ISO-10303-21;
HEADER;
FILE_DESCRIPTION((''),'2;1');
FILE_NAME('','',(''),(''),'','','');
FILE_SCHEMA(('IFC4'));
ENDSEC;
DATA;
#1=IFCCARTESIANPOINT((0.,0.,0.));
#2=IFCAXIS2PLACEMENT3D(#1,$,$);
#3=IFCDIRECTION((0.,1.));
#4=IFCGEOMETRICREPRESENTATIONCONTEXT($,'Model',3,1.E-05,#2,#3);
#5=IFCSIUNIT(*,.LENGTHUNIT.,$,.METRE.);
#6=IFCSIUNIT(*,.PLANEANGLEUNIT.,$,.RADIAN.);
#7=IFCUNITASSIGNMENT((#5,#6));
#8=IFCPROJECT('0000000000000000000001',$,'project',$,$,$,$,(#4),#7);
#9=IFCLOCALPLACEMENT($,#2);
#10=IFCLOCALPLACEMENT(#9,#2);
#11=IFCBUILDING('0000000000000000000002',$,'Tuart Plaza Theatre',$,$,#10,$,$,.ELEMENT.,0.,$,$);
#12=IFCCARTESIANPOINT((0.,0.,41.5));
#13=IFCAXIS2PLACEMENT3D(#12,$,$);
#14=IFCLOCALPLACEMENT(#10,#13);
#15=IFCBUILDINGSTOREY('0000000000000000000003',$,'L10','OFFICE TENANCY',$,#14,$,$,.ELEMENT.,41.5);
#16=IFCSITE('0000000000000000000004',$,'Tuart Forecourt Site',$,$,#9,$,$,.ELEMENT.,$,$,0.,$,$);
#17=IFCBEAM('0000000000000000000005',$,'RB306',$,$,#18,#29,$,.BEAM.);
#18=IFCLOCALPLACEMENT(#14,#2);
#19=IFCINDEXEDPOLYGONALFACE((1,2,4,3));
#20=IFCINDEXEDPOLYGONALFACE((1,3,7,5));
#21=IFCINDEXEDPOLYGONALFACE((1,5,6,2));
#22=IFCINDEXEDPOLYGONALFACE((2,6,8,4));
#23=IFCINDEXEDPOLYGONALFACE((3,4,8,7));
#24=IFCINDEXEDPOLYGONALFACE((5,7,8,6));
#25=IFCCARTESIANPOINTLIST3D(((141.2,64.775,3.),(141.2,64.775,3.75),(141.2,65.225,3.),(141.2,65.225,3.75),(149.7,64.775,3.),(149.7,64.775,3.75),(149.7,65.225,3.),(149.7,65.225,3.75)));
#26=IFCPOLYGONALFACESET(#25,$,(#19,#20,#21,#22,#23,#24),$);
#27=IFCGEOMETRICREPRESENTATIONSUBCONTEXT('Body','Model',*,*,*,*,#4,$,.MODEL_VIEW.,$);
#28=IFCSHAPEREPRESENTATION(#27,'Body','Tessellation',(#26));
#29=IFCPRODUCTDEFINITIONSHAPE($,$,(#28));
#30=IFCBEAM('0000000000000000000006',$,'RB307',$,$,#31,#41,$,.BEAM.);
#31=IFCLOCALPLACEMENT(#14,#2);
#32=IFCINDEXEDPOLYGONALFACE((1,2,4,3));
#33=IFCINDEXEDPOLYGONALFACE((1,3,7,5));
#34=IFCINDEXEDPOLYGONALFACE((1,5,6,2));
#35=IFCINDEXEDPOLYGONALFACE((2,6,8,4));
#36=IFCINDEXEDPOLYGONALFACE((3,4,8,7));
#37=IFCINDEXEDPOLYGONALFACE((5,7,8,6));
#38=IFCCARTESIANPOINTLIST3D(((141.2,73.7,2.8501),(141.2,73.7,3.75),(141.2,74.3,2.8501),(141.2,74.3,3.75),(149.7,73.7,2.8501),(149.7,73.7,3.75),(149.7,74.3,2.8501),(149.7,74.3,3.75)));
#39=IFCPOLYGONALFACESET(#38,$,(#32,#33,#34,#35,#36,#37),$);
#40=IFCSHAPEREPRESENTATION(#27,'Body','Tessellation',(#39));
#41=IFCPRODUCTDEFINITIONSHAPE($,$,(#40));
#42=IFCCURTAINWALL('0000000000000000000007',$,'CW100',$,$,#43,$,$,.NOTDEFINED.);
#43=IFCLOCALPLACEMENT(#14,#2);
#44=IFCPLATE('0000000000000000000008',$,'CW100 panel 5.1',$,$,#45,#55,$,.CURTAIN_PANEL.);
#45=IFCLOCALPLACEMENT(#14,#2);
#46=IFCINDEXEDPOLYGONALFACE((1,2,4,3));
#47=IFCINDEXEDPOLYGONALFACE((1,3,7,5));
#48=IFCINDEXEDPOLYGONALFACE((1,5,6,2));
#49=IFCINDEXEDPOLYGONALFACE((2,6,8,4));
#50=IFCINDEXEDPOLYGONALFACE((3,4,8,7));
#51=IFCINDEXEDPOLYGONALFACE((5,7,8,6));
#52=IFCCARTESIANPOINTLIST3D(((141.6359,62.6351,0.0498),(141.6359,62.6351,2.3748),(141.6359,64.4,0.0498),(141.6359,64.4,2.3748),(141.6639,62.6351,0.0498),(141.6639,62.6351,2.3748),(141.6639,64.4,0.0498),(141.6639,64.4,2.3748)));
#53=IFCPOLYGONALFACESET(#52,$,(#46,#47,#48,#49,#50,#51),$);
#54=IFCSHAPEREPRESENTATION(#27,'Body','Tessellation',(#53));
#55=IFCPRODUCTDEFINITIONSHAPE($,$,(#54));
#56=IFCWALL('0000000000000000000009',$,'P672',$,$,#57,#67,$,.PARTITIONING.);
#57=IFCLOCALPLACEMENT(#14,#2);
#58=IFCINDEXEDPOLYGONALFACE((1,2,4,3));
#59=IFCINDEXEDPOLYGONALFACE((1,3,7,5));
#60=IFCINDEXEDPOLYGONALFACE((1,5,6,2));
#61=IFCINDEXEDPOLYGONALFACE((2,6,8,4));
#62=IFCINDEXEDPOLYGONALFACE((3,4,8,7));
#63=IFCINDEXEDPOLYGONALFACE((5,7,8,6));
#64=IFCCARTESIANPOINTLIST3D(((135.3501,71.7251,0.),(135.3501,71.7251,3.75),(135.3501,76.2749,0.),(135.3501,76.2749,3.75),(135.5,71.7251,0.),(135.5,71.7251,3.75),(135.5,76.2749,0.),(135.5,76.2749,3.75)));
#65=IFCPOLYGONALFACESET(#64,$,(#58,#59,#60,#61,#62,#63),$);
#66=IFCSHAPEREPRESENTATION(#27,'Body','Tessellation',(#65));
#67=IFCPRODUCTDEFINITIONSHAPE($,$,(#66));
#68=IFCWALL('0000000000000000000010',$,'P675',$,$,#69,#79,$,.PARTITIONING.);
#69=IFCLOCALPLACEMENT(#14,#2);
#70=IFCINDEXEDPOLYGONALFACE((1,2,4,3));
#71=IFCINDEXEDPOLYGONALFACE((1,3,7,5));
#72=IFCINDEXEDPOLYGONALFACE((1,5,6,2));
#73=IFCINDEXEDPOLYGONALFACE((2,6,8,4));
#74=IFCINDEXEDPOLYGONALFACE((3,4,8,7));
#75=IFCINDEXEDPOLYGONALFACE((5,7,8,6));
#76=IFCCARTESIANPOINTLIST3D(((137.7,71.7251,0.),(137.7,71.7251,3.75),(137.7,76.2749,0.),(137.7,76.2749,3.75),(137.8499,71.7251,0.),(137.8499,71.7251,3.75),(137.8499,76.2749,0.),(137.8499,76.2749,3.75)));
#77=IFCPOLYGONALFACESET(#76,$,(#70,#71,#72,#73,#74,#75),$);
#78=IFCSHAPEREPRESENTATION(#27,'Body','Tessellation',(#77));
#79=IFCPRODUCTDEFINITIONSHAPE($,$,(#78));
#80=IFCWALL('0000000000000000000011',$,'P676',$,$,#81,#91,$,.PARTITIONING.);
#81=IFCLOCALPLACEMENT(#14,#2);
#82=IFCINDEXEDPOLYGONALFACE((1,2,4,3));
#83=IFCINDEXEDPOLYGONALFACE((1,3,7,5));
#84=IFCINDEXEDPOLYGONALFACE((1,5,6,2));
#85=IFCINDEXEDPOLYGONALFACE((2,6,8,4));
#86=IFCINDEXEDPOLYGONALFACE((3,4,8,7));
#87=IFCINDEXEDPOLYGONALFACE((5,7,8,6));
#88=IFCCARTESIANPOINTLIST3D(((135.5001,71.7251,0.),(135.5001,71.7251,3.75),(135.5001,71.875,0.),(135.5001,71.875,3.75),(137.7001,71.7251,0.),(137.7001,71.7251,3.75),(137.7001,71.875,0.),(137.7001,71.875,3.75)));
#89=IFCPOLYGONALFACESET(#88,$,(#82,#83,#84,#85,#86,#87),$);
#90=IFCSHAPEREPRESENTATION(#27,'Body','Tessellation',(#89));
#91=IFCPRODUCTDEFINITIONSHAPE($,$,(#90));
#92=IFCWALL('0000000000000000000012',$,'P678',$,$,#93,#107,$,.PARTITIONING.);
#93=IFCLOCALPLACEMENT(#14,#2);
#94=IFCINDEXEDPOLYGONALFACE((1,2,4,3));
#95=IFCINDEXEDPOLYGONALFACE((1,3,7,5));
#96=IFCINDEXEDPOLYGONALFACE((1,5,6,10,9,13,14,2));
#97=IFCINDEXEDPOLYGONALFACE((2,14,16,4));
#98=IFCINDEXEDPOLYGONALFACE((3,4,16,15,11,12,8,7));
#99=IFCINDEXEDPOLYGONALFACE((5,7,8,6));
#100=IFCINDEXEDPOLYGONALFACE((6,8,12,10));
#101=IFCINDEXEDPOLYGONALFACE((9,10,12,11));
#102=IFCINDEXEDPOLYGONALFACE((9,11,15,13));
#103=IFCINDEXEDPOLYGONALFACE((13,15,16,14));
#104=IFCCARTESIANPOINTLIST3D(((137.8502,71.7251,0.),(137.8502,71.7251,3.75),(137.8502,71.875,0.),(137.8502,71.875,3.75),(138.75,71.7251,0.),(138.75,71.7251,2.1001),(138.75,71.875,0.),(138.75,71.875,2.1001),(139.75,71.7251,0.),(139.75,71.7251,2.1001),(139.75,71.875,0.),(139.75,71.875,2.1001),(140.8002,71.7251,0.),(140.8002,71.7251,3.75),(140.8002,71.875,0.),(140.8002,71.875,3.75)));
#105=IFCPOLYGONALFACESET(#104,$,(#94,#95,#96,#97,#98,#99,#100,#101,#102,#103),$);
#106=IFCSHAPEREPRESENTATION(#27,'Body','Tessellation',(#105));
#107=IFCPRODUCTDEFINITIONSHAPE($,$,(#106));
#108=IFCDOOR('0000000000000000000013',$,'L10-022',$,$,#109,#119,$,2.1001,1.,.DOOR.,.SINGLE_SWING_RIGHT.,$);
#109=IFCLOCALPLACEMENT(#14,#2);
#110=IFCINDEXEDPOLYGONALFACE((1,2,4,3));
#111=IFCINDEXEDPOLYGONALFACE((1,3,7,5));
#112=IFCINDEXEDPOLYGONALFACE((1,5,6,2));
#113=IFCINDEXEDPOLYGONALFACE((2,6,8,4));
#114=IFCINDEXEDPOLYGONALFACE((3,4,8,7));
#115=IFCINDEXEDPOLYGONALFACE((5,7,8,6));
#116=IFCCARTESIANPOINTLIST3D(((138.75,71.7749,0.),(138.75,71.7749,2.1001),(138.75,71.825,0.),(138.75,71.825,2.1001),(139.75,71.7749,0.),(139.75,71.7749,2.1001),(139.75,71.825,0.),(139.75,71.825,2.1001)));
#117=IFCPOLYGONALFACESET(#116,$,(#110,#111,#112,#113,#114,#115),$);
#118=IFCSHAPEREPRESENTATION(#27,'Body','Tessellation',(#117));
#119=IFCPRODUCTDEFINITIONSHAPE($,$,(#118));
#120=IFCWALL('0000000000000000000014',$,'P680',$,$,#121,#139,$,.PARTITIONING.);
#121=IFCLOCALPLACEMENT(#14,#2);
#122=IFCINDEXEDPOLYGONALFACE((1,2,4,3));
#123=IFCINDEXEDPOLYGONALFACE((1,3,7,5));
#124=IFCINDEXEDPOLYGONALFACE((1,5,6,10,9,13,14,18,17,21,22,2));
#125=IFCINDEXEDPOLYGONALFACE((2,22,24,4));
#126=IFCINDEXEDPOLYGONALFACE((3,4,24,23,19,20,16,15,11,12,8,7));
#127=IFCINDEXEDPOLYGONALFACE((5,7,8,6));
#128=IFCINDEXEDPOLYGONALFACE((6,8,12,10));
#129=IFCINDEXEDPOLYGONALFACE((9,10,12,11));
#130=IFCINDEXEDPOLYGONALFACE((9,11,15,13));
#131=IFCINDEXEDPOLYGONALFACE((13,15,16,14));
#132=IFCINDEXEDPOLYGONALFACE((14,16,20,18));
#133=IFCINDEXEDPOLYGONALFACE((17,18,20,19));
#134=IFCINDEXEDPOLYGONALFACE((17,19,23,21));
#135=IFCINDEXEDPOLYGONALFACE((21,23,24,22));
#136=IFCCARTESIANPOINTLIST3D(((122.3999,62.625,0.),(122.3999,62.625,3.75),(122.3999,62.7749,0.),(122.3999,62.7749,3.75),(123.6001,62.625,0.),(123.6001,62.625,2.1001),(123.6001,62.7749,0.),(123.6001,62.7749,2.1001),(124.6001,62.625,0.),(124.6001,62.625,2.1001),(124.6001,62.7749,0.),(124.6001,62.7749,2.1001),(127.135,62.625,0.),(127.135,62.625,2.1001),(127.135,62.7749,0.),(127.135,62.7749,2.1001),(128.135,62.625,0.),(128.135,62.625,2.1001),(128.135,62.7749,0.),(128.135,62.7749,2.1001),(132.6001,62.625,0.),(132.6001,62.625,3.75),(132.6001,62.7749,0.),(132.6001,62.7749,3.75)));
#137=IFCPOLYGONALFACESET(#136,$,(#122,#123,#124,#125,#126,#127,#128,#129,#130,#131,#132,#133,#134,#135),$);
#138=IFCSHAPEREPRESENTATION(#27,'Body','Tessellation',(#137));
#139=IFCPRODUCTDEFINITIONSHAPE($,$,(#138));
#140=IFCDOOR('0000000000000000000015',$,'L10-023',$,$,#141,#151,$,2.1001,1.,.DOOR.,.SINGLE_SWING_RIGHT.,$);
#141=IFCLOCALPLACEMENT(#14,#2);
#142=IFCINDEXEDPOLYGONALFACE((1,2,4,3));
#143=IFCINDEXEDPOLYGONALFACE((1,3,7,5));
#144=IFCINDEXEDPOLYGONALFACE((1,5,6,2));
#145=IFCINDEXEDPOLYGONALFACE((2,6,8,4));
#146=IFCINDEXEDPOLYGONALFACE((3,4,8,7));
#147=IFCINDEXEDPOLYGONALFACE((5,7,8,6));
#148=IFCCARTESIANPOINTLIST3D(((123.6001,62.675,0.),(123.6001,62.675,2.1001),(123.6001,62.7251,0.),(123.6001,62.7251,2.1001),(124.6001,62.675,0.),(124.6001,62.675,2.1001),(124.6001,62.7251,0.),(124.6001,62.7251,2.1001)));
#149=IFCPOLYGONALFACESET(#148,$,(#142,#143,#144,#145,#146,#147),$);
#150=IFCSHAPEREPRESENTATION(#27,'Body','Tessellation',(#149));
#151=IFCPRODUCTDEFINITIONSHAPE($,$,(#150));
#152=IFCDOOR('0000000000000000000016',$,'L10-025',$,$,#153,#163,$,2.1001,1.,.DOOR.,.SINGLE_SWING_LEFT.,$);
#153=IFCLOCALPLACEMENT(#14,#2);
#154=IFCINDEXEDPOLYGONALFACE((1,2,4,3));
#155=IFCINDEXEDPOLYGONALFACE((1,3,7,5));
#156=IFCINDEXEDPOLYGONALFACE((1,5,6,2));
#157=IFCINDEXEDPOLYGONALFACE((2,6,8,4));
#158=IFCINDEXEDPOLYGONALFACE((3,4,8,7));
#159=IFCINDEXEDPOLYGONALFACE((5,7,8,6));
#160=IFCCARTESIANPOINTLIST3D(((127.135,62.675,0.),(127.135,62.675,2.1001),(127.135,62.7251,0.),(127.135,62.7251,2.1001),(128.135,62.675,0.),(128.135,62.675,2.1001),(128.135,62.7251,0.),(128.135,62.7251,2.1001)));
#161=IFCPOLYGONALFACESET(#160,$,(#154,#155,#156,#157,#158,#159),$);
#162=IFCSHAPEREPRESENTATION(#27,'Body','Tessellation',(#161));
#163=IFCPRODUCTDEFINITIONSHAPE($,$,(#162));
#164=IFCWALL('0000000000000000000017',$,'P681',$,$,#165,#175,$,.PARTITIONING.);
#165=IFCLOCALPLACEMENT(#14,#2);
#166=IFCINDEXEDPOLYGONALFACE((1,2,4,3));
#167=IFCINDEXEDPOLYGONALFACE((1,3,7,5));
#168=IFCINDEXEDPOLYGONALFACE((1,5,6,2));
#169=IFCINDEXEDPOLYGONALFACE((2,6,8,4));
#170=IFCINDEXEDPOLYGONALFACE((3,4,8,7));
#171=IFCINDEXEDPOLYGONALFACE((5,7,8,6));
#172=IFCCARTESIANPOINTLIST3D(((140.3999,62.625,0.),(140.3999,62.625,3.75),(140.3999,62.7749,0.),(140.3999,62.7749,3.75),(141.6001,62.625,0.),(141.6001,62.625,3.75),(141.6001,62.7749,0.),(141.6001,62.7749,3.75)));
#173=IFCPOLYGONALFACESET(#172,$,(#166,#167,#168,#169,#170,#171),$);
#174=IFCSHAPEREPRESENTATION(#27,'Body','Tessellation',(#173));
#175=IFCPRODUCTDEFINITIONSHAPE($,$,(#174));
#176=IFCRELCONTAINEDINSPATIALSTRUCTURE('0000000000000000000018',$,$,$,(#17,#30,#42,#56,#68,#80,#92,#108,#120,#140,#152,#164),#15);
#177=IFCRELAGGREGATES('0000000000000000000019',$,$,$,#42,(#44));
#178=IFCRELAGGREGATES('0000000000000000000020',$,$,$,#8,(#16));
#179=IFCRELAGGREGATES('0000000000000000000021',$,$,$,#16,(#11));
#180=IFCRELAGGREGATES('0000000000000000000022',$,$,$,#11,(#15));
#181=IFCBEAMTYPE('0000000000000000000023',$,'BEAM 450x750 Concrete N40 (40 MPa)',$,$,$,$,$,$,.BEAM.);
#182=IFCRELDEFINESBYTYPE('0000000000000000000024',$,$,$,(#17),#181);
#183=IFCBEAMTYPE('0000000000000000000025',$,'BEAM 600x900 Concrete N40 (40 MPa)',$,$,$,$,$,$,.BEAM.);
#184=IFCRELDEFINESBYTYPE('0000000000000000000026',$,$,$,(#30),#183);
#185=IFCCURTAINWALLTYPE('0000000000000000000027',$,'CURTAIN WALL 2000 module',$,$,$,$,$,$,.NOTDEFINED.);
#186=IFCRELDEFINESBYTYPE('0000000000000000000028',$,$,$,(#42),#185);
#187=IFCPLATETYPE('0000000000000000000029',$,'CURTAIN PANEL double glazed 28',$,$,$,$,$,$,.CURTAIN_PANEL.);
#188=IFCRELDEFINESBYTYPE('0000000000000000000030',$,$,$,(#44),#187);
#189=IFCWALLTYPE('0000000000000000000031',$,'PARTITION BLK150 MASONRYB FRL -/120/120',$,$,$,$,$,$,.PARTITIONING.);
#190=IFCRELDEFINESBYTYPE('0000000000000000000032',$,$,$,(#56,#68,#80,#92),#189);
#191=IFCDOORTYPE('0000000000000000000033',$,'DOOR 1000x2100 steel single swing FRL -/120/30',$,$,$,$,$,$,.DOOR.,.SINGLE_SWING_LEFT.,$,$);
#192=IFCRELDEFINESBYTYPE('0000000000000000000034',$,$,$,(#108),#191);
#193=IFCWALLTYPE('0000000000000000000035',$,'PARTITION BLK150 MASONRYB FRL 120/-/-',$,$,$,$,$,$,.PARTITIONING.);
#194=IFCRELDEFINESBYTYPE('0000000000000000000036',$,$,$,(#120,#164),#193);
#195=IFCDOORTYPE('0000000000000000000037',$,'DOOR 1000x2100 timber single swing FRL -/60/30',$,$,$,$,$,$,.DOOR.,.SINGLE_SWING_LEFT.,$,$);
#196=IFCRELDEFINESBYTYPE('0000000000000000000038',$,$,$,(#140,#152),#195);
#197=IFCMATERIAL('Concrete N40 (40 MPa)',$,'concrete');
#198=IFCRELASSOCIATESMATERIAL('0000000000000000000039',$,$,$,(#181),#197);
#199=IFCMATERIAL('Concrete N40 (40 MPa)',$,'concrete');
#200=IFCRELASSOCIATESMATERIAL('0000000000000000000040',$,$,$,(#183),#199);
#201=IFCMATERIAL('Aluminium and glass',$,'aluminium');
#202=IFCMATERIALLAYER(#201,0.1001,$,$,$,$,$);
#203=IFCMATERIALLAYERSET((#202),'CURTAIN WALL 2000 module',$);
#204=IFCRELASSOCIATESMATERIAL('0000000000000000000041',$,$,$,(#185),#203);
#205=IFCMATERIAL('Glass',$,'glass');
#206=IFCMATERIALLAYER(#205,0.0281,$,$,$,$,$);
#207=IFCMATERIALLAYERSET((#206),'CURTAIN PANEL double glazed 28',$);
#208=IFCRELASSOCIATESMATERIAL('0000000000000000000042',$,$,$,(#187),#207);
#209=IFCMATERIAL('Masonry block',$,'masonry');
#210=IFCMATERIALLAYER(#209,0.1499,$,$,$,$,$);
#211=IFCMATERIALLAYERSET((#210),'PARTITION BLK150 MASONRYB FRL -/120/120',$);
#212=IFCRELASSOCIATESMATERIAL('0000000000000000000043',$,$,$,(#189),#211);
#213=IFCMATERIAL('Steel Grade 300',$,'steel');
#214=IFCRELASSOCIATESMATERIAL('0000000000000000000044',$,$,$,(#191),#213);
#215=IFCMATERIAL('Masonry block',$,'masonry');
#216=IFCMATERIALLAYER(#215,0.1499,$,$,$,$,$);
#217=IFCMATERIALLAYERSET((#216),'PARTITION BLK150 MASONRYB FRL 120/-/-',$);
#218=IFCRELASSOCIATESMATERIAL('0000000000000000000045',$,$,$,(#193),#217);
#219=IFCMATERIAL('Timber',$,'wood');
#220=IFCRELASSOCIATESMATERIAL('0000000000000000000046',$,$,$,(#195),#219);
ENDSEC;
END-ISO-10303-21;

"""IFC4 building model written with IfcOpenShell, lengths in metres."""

from ifc_helpers import new_model, si_unit, direction, frame, frame_2d, origin, origin_2d, place, context, subcontext, project, spatial, rectangle, extrude, material, layer, layer_set, material_profile, profile_set, type_object, element, fill, aggregate, save


model = new_model("IFC4")

# Units and contexts
model_context = context("Model", 3, precision=1e-05, world=origin(), true_north=direction((0.0, 1.0)))
body_context = subcontext(model_context, "Body", "Model", "MODEL_VIEW")
ifc_project = project(units=[si_unit("LENGTHUNIT", "METRE"), si_unit("PLANEANGLEUNIT", "RADIAN")], contexts=[model_context])

# Site, building, storey
site_placement = place(None, origin())
site = spatial("IfcSite", under=ifc_project, at=site_placement, Name="Tuart Forecourt Site", CompositionType="ELEMENT", RefElevation=0.0)
building_placement = place(site_placement, origin())
building = spatial("IfcBuilding", under=site, at=building_placement, Name="Tuart Plaza Theatre", CompositionType="ELEMENT", ElevationOfRefHeight=0.0)
storey_placement = place(building_placement, frame((0.0, 0.0, 41.5)))
storey = spatial("IfcBuildingStorey", under=building, at=storey_placement, Name="L10", Description="OFFICE TENANCY", CompositionType="ELEMENT", Elevation=41.5)

# Beams
ifc_material_1 = material(Name="Concrete N40 (40 MPa)", Category="concrete")
ifc_material_profile_1 = material_profile(ifc_material_1, rectangle(XDim=0.45, YDim=0.75, at=origin_2d()), Name="BEAM 450x750 Concrete N40 (40 MPa)")
ifc_profile_set_1 = profile_set([ifc_material_profile_1], Name="Concrete N40 (40 MPa)")
beam_type_1 = type_object("IfcBeamType", Name="BEAM 450x750 Concrete N40 (40 MPa)", PredefinedType="BEAM", material=ifc_profile_set_1)
beam_1_placement = place(storey_placement, frame((141.2, 65.0, 3.375), z_axis=(1.0, 0.0, 0.0), x_axis=(0.0, 1.0, 0.0)))
element("IfcBeam", 1, at=beam_1_placement, inside=storey, type_object=beam_type_1, Name="RB306", PredefinedType="BEAM", context=body_context, shape_type="SweptSolid", body=[
    extrude(rectangle(XDim=0.45, YDim=0.75, at=origin_2d()), origin(), (0.0, 0.0, 1.0), 8.5),
])
ifc_material_2 = material(Name="Concrete N40 (40 MPa)", Category="concrete")
ifc_material_profile_2 = material_profile(ifc_material_2, rectangle(XDim=0.6001, YDim=0.8999, at=origin_2d()), Name="BEAM 600x900 Concrete N40 (40 MPa)")
ifc_profile_set_2 = profile_set([ifc_material_profile_2], Name="Concrete N40 (40 MPa)")
beam_type_2 = type_object("IfcBeamType", Name="BEAM 600x900 Concrete N40 (40 MPa)", PredefinedType="BEAM", material=ifc_profile_set_2)
beam_2_placement = place(storey_placement, frame((141.2, 74.0, 3.3), z_axis=(1.0, 0.0, 0.0), x_axis=(0.0, 1.0, 0.0)))
element("IfcBeam", 2, at=beam_2_placement, inside=storey, type_object=beam_type_2, Name="RB307", PredefinedType="BEAM", context=body_context, shape_type="SweptSolid", body=[
    extrude(rectangle(XDim=0.6001, YDim=0.8999, at=origin_2d()), origin(), (0.0, 0.0, 1.0), 8.5),
])

# Curtain wall, plate
ifc_material_3 = material(Name="Aluminium and glass", Category="aluminium")
ifc_layer_1 = layer(ifc_material_3, 0.1001)
ifc_layer_set_1 = layer_set([ifc_layer_1], Name="CURTAIN WALL 2000 module")
curtain_wall_type = type_object("IfcCurtainWallType", Name="CURTAIN WALL 2000 module", PredefinedType="NOTDEFINED", material=ifc_layer_set_1)
curtain_wall_placement = place(storey_placement, origin())
curtain_wall = element("IfcCurtainWall", 3, at=curtain_wall_placement, inside=storey, type_object=curtain_wall_type, Name="CW100", PredefinedType="NOTDEFINED")
ifc_material_4 = material(Name="Glass", Category="glass")
ifc_layer_2 = layer(ifc_material_4, 0.0281)
ifc_layer_set_2 = layer_set([ifc_layer_2], Name="CURTAIN PANEL double glazed 28")
plate_type = type_object("IfcPlateType", Name="CURTAIN PANEL double glazed 28", PredefinedType="CURTAIN_PANEL", material=ifc_layer_set_2)
plate_placement = place(storey_placement, frame((141.6499, 63.5176, 0.0498), z_axis=(0.0, 0.0, 1.0), x_axis=(0.0, 1.0, 0.0)))
plate = element("IfcPlate", 4, at=plate_placement, type_object=plate_type, Name="CW100 panel 5.1", PredefinedType="CURTAIN_PANEL", context=body_context, shape_type="SweptSolid", body=[
    extrude(rectangle(XDim=1.7649, YDim=0.0281, at=origin_2d()), origin(), (0.0, 0.0, 1.0), 2.325),
])
aggregate(curtain_wall, [plate])

# Walls
ifc_material_5 = material(Name="Masonry block", Category="masonry")
ifc_layer_3 = layer(ifc_material_5, 0.1499)
ifc_layer_set_3 = layer_set([ifc_layer_3], Name="PARTITION BLK150 MASONRYB FRL -/120/120")
wall_type_1 = type_object("IfcWallType", Name="PARTITION BLK150 MASONRYB FRL -/120/120", PredefinedType="PARTITIONING", material=ifc_layer_set_3)
for number, where, z_axis, x_axis, name in (
    (5, (135.425, 71.7251, 0.0), (0.0, 0.0, 1.0), (0.0, 1.0, 0.0), "P672"),
    (6, (137.7749, 71.7251, 0.0), (0.0, 0.0, 1.0), (0.0, 1.0, 0.0), "P675"),
):
    element("IfcWall", number, at=place(storey_placement, frame(where, z_axis=z_axis, x_axis=x_axis)), inside=storey, type_object=wall_type_1, Name=name, PredefinedType="PARTITIONING", context=body_context, shape_type="SweptSolid", body=[
        extrude(rectangle(XDim=4.5498, YDim=0.1499, at=frame_2d((2.2749, 0.0))), origin(), (0.0, 0.0, 1.0), 3.75),
    ])
wall_1_placement = place(storey_placement, frame((135.5, 71.8, 0.0), z_axis=(0.0, 0.0, 1.0), x_axis=(1.0, 0.0, 0.0)))
element("IfcWall", 7, at=wall_1_placement, inside=storey, type_object=wall_type_1, Name="P676", PredefinedType="PARTITIONING", context=body_context, shape_type="SweptSolid", body=[
    extrude(rectangle(XDim=2.2, YDim=0.1499, at=frame_2d((1.1001, 0.0))), origin(), (0.0, 0.0, 1.0), 3.75),
])

# Wall, opening, door
wall_2_placement = place(storey_placement, frame((137.8501, 71.8, 0.0), z_axis=(0.0, 0.0, 1.0), x_axis=(1.0, 0.0, 0.0)))
wall_2 = element("IfcWall", 8, at=wall_2_placement, inside=storey, type_object=wall_type_1, Name="P678", PredefinedType="PARTITIONING", context=body_context, shape_type="SweptSolid", body=[
    extrude(rectangle(XDim=2.95, YDim=0.1499, at=frame_2d((1.4751, 0.0))), origin(), (0.0, 0.0, 1.0), 3.75),
])
opening_1_placement = place(wall_2_placement, frame((0.8999, 0.0, 0.0)))
opening_1 = element("IfcOpeningElement", 9, at=opening_1_placement, cuts=wall_2, PredefinedType="OPENING", context=body_context, shape_type="SweptSolid", body=[
    extrude(rectangle(XDim=1.0, YDim=2.1001, at=frame_2d((0.5, 1.05))), frame((0.0, 0.085, 0.0), z_axis=(0.0, -1.0, 0.0), x_axis=(1.0, 0.0, 0.0)), (0.0, 0.0, 1.0), 0.1699),
])
ifc_material_6 = material(Name="Steel Grade 300", Category="steel")
door_type_1 = type_object("IfcDoorType", Name="DOOR 1000x2100 steel single swing FRL -/120/30", OperationType="SINGLE_SWING_LEFT", PredefinedType="DOOR", material=ifc_material_6)
door_1_placement = place(opening_1_placement, origin())
door_1 = element("IfcDoor", 10, at=door_1_placement, inside=storey, type_object=door_type_1, Name="L10-022", OperationType="SINGLE_SWING_RIGHT", OverallHeight=2.1001, OverallWidth=1.0, PredefinedType="DOOR", context=body_context, shape_type="SweptSolid", body=[
    extrude(rectangle(XDim=1.0, YDim=2.1001, at=frame_2d((0.5, 1.05))), frame((0.0, 0.0249, 0.0), z_axis=(0.0, -1.0, 0.0), x_axis=(1.0, 0.0, 0.0)), (0.0, 0.0, 1.0), 0.05),
])
fill(opening_1, door_1)

# Wall, openings, doors
ifc_material_7 = material(Name="Masonry block", Category="masonry")
ifc_layer_4 = layer(ifc_material_7, 0.1499)
ifc_layer_set_4 = layer_set([ifc_layer_4], Name="PARTITION BLK150 MASONRYB FRL 120/-/-")
wall_type_2 = type_object("IfcWallType", Name="PARTITION BLK150 MASONRYB FRL 120/-/-", PredefinedType="PARTITIONING", material=ifc_layer_set_4)
wall_3_placement = place(storey_placement, frame((132.6001, 62.7, 0.0), z_axis=(0.0, 0.0, 1.0), x_axis=(-1.0, 0.0, 0.0)))
wall_3 = element("IfcWall", 11, at=wall_3_placement, inside=storey, type_object=wall_type_2, Name="P680", PredefinedType="PARTITIONING", context=body_context, shape_type="SweptSolid", body=[
    extrude(rectangle(XDim=10.2002, YDim=0.1499, at=frame_2d((5.1001, 0.0))), origin(), (0.0, 0.0, 1.0), 3.75),
])
opening_2_placement = place(wall_3_placement, frame((8.0, 0.0, 0.0)))
opening_2 = element("IfcOpeningElement", 12, at=opening_2_placement, cuts=wall_3, PredefinedType="OPENING", context=body_context, shape_type="SweptSolid", body=[
    extrude(rectangle(XDim=1.0, YDim=2.1001, at=frame_2d((0.5, 1.05))), frame((0.0, 0.085, 0.0), z_axis=(0.0, -1.0, 0.0), x_axis=(1.0, 0.0, 0.0)), (0.0, 0.0, 1.0), 0.1699),
])
opening_3_placement = place(wall_3_placement, frame((4.4651, 0.0, 0.0)))
opening_3 = element("IfcOpeningElement", 13, at=opening_3_placement, cuts=wall_3, PredefinedType="OPENING", context=body_context, shape_type="SweptSolid", body=[
    extrude(rectangle(XDim=1.0, YDim=2.1001, at=frame_2d((0.5, 1.05))), frame((0.0, 0.085, 0.0), z_axis=(0.0, -1.0, 0.0), x_axis=(1.0, 0.0, 0.0)), (0.0, 0.0, 1.0), 0.1699),
])
ifc_material_8 = material(Name="Timber", Category="wood")
door_type_2 = type_object("IfcDoorType", Name="DOOR 1000x2100 timber single swing FRL -/60/30", OperationType="SINGLE_SWING_LEFT", PredefinedType="DOOR", material=ifc_material_8)
door_2_placement = place(opening_2_placement, origin())
door_2 = element("IfcDoor", 14, at=door_2_placement, inside=storey, type_object=door_type_2, Name="L10-023", OperationType="SINGLE_SWING_RIGHT", OverallHeight=2.1001, OverallWidth=1.0, PredefinedType="DOOR", context=body_context, shape_type="SweptSolid", body=[
    extrude(rectangle(XDim=1.0, YDim=2.1001, at=frame_2d((0.5, 1.05))), frame((0.0, 0.0249, 0.0), z_axis=(0.0, -1.0, 0.0), x_axis=(1.0, 0.0, 0.0)), (0.0, 0.0, 1.0), 0.05),
])
fill(opening_2, door_2)
door_3_placement = place(opening_3_placement, origin())
door_3 = element("IfcDoor", 15, at=door_3_placement, inside=storey, type_object=door_type_2, Name="L10-025", OperationType="SINGLE_SWING_LEFT", OverallHeight=2.1001, OverallWidth=1.0, PredefinedType="DOOR", context=body_context, shape_type="SweptSolid", body=[
    extrude(rectangle(XDim=1.0, YDim=2.1001, at=frame_2d((0.5, 1.05))), frame((0.0, 0.0249, 0.0), z_axis=(0.0, -1.0, 0.0), x_axis=(1.0, 0.0, 0.0)), (0.0, 0.0, 1.0), 0.05),
])
fill(opening_3, door_3)

# Wall
wall_4_placement = place(storey_placement, frame((141.6001, 62.7, 0.0), z_axis=(0.0, 0.0, 1.0), x_axis=(-1.0, 0.0, 0.0)))
element("IfcWall", 16, at=wall_4_placement, inside=storey, type_object=wall_type_2, Name="P681", PredefinedType="PARTITIONING", context=body_context, shape_type="SweptSolid", body=[
    extrude(rectangle(XDim=1.2002, YDim=0.1499, at=frame_2d((0.6001, 0.0))), origin(), (0.0, 0.0, 1.0), 3.75),
])

save(model, "model.ifc")
